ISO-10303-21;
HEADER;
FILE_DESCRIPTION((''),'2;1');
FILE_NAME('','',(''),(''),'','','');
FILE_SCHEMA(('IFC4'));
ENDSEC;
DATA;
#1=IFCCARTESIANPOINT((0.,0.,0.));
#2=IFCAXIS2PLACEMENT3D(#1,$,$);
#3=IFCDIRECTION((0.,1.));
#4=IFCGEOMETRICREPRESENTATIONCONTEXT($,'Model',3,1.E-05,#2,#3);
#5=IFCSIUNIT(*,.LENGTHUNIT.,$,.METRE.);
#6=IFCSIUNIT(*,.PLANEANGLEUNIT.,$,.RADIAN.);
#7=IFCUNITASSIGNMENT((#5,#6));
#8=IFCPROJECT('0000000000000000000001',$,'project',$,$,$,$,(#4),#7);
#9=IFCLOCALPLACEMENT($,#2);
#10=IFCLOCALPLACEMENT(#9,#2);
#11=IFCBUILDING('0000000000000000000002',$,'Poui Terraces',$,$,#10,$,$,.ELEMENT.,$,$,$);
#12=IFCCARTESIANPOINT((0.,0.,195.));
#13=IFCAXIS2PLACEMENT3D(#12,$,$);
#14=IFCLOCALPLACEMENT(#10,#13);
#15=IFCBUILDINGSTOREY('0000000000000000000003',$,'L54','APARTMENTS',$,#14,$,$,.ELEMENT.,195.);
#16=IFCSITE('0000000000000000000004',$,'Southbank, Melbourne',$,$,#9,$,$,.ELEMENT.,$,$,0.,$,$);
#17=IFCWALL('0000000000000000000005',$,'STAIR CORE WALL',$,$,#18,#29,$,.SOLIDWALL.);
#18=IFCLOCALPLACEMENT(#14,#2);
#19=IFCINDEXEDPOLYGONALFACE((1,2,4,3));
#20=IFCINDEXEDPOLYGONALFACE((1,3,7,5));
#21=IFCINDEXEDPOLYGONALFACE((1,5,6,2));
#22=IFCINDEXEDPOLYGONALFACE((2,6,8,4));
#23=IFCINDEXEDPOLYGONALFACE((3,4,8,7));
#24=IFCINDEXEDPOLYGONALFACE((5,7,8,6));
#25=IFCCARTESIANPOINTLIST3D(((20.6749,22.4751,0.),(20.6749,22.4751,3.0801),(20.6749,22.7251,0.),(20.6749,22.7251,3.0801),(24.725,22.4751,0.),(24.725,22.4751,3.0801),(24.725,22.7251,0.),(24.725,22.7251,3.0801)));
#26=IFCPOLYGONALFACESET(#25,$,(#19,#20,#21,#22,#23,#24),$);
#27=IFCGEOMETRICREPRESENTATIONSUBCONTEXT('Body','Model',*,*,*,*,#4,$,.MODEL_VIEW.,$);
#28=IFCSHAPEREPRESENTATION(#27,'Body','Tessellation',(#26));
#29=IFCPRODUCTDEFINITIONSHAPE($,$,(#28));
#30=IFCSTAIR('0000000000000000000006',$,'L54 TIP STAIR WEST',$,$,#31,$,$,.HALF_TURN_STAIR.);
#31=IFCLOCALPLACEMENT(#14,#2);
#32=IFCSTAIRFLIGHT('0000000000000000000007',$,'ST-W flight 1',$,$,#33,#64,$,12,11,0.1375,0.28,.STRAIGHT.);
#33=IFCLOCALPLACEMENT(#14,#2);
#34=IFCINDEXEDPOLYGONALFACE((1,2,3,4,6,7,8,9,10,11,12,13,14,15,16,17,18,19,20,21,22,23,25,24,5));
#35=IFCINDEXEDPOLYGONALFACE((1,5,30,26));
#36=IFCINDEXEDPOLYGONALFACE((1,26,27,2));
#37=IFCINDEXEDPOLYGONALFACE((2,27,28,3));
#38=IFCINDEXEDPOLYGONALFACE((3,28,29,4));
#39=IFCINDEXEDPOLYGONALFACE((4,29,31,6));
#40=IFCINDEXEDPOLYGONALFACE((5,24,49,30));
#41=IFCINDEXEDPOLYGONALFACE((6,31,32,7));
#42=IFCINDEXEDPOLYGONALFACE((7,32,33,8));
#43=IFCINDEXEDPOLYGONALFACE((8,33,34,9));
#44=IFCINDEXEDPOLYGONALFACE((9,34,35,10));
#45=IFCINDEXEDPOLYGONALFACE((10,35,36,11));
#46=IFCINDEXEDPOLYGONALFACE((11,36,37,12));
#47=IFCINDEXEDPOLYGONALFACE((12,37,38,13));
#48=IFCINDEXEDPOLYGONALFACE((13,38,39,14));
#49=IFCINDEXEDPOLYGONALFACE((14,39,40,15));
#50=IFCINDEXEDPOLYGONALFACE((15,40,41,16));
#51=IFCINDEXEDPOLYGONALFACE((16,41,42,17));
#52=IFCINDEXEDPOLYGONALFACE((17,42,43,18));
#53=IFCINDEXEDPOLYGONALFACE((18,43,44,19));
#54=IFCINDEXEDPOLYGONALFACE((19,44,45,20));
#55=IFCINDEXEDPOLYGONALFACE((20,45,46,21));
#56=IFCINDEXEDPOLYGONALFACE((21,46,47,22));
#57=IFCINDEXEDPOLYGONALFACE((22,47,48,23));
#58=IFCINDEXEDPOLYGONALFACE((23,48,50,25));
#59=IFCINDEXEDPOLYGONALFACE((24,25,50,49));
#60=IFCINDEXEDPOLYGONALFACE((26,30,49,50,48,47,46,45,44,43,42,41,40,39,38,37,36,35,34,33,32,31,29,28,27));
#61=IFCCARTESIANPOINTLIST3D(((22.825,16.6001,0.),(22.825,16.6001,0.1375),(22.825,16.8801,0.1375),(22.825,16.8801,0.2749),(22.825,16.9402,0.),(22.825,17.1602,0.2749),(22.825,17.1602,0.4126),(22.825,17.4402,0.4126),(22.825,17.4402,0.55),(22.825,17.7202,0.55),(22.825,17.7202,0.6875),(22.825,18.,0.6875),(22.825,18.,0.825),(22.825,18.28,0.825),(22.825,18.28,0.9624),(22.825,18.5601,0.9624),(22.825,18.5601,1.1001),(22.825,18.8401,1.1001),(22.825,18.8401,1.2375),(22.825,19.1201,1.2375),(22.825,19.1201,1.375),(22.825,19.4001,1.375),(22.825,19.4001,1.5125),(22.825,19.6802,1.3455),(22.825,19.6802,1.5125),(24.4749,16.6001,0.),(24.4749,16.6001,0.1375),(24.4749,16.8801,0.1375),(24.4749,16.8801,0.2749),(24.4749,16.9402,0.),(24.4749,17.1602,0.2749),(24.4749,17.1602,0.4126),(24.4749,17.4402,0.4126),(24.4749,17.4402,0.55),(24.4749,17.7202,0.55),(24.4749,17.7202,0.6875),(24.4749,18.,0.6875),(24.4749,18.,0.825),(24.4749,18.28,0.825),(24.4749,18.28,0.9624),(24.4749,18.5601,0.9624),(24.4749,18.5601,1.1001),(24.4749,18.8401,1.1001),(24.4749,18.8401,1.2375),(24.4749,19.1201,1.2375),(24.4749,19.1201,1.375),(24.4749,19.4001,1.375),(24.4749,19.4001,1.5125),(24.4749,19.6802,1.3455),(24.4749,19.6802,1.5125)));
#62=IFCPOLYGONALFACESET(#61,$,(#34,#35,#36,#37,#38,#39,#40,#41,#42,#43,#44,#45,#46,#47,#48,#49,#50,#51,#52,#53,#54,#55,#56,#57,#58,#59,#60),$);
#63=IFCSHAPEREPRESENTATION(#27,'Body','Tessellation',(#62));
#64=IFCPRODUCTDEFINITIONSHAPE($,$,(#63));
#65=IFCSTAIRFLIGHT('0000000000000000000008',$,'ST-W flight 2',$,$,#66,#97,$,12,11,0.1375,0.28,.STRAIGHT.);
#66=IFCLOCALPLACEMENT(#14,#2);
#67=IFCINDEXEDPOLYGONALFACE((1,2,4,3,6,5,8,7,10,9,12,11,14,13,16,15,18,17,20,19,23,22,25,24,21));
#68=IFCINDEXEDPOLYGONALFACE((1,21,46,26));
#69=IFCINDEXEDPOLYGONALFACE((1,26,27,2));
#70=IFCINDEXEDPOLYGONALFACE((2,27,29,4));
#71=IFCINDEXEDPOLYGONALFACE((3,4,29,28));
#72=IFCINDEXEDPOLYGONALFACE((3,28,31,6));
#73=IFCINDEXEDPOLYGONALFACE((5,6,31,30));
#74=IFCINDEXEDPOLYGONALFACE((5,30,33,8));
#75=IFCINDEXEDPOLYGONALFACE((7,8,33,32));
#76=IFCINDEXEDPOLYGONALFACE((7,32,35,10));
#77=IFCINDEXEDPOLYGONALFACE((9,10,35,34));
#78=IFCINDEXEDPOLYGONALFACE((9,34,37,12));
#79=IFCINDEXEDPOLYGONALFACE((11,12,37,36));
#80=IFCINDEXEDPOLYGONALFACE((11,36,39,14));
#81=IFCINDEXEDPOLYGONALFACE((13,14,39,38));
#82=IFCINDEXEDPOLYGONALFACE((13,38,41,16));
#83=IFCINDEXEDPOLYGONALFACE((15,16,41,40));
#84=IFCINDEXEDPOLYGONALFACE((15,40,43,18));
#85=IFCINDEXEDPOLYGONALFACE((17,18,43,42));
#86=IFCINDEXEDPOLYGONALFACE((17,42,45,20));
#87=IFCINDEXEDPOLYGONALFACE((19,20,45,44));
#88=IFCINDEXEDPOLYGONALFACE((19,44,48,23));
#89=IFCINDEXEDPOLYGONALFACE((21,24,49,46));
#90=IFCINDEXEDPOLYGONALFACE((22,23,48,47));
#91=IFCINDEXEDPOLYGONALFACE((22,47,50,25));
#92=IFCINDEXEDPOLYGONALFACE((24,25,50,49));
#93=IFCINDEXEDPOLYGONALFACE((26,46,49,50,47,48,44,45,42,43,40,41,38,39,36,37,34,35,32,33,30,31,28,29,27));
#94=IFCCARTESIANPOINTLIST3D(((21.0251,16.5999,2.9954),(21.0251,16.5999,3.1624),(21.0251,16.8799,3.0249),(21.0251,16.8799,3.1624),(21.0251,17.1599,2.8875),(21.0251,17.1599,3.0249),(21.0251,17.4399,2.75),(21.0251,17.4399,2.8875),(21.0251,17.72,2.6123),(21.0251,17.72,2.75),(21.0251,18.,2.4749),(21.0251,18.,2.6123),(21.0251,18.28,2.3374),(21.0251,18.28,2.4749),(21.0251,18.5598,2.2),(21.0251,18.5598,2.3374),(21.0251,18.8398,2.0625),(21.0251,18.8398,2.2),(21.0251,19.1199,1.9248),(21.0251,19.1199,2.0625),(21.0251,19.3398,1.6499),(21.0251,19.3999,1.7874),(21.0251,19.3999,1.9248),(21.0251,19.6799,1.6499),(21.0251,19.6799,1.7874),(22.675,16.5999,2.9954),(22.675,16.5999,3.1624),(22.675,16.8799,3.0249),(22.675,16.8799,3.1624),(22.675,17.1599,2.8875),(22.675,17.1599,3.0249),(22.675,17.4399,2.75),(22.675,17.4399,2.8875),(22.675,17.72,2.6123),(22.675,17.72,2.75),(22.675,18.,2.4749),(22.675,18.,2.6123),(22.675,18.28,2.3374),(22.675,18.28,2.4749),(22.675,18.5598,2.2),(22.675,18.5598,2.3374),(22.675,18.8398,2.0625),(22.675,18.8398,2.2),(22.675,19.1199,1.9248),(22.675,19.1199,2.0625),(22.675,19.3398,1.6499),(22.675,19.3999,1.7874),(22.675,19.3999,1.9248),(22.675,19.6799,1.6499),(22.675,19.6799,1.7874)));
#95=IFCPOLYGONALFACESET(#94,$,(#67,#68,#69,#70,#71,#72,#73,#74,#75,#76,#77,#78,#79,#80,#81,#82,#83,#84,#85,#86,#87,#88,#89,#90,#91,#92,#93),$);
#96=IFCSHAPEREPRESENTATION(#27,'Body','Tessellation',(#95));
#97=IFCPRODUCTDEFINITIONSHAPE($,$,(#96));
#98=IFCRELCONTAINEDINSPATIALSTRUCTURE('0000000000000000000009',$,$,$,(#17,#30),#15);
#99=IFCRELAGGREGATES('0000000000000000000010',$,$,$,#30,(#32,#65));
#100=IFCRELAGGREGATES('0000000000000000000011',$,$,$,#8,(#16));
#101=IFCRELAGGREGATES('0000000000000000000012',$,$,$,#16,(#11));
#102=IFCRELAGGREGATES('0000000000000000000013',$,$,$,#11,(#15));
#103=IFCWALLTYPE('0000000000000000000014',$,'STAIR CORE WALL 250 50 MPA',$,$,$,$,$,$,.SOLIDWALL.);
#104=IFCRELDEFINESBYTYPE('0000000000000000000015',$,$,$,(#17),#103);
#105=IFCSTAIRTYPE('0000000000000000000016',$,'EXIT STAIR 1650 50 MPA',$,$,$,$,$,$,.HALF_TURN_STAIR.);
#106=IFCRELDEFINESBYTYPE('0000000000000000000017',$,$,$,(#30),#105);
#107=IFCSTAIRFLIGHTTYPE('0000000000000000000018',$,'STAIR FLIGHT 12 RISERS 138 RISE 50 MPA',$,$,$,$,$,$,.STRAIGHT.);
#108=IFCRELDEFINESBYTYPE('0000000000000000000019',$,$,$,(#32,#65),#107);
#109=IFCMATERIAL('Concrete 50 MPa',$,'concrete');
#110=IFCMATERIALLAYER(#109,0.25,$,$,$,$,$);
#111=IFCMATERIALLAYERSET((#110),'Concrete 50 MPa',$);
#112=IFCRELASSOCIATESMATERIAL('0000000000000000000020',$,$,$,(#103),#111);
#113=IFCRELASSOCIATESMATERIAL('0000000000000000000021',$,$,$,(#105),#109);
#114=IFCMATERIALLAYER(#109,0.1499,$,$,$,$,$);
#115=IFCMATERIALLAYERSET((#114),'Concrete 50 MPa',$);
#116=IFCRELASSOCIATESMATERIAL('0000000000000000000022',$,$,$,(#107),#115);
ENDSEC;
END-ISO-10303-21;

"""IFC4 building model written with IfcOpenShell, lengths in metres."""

from ifc_helpers import new_model, si_unit, direction, frame, frame_2d, origin, place, context, subcontext, project, spatial, polyline, rectangle, outline, extrude, material, layer, layer_set, type_object, element, aggregate, save


model = new_model("IFC4")

# Units and contexts
model_context = context("Model", 3, precision=1e-05, world=origin(), true_north=direction((0.0, 1.0)))
body_context = subcontext(model_context, "Body", "Model", "MODEL_VIEW")
ifc_project = project(units=[si_unit("LENGTHUNIT", "METRE"), si_unit("PLANEANGLEUNIT", "RADIAN")], contexts=[model_context])

# Site, building, storey
site_placement = place(None, origin())
site = spatial("IfcSite", under=ifc_project, at=site_placement, Name="Southbank, Melbourne", CompositionType="ELEMENT", RefElevation=0.0)
building_placement = place(site_placement, origin())
building = spatial("IfcBuilding", under=site, at=building_placement, Name="Poui Terraces", CompositionType="ELEMENT")
storey_placement = place(building_placement, frame((0.0, 0.0, 195.0)))
storey = spatial("IfcBuildingStorey", under=building, at=storey_placement, Name="L54", Description="APARTMENTS", CompositionType="ELEMENT", Elevation=195.0)

# Wall
ifc_material_1 = material(Name="Concrete 50 MPa", Category="concrete")
ifc_layer_1 = layer(ifc_material_1, 0.25)
ifc_layer_set_1 = layer_set([ifc_layer_1], Name="Concrete 50 MPa")
wall_type = type_object("IfcWallType", Name="STAIR CORE WALL 250 50 MPA", PredefinedType="SOLIDWALL", material=ifc_layer_set_1)
wall_placement = place(storey_placement, frame((20.675, 22.6001, 0.0), z_axis=(0.0, 0.0, 1.0), x_axis=(1.0, 0.0, 0.0)))
element("IfcWall", 1, at=wall_placement, inside=storey, type_object=wall_type, Name="STAIR CORE WALL", PredefinedType="SOLIDWALL", context=body_context, shape_type="SweptSolid", body=[
    extrude(rectangle(XDim=4.05, YDim=0.25, at=frame_2d((2.0249, 0.0))), origin(), (0.0, 0.0, 1.0), 3.0801),
])

# Stair, stair flights
stair_type = type_object("IfcStairType", Name="EXIT STAIR 1650 50 MPA", PredefinedType="HALF_TURN_STAIR", material=ifc_material_1)
stair_placement = place(storey_placement, origin())
stair = element("IfcStair", 2, at=stair_placement, inside=storey, type_object=stair_type, Name="L54 TIP STAIR WEST", PredefinedType="HALF_TURN_STAIR")
ifc_layer_2 = layer(ifc_material_1, 0.1499)
ifc_layer_set_2 = layer_set([ifc_layer_2], Name="Concrete 50 MPa")
stair_flight_type = type_object("IfcStairFlightType", Name="STAIR FLIGHT 12 RISERS 138 RISE 50 MPA", PredefinedType="STRAIGHT", material=ifc_layer_set_2)
stair_flight_1_placement = place(storey_placement, frame((23.6499, 16.6001, 0.0), z_axis=(0.0, 0.0, 1.0), x_axis=(0.0, 1.0, 0.0)))
stair_flight_1 = element("IfcStairFlight", 3, at=stair_flight_1_placement, type_object=stair_flight_type, Name="ST-W flight 1", NumberOfRisers=12, NumberOfTreads=11, PredefinedType="STRAIGHT", RiserHeight=0.1375, TreadLength=0.28, context=body_context, shape_type="SweptSolid", body=[
    extrude(outline(polyline([(0.0, 0.0), (0.0, 0.1375), (0.28, 0.1375), (0.28, 0.2749), (0.5601, 0.2749), (0.5601, 0.4126), (0.8401, 0.4126), (0.8401, 0.55), (1.1201, 0.55), (1.1201, 0.6875), (1.3999, 0.6875), (1.3999, 0.825), (1.6799, 0.825), (1.6799, 0.9624), (1.96, 0.9624), (1.96, 1.1001), (2.24, 1.1001), (2.24, 1.2375), (2.52, 1.2375), (2.52, 1.375), (2.8, 1.375), (2.8, 1.5125), (3.0801, 1.5125), (3.0801, 1.6499), (3.0801, 1.3455), (0.3401, 0.0), (0.0, 0.0)])), frame((0.0, 0.825, 0.0), z_axis=(0.0, -1.0, 0.0), x_axis=(1.0, 0.0, 0.0)), (0.0, 0.0, 1.0), 1.6499),
])
stair_flight_2_placement = place(storey_placement, frame((21.8501, 19.6799, 1.6499), z_axis=(0.0, 0.0, 1.0), x_axis=(0.0, -1.0, 0.0)))
stair_flight_2 = element("IfcStairFlight", 4, at=stair_flight_2_placement, type_object=stair_flight_type, Name="ST-W flight 2", NumberOfRisers=12, NumberOfTreads=11, PredefinedType="STRAIGHT", RiserHeight=0.1375, TreadLength=0.28, context=body_context, shape_type="SweptSolid", body=[
    extrude(outline(polyline([(0.0, 0.0), (0.0, 0.1375), (0.28, 0.1375), (0.28, 0.2749), (0.5601, 0.2749), (0.5601, 0.4126), (0.8401, 0.4126), (0.8401, 0.55), (1.1201, 0.55), (1.1201, 0.6875), (1.3999, 0.6875), (1.3999, 0.825), (1.6799, 0.825), (1.6799, 0.9624), (1.96, 0.9624), (1.96, 1.1001), (2.24, 1.1001), (2.24, 1.2375), (2.52, 1.2375), (2.52, 1.375), (2.8, 1.375), (2.8, 1.5125), (3.0801, 1.5125), (3.0801, 1.6499), (3.0801, 1.3455), (0.3401, 0.0), (0.0, 0.0)])), frame((0.0, 0.825, 0.0), z_axis=(0.0, -1.0, 0.0), x_axis=(1.0, 0.0, 0.0)), (0.0, 0.0, 1.0), 1.6499),
])
aggregate(stair, [stair_flight_1, stair_flight_2])

save(model, "model.ifc")
